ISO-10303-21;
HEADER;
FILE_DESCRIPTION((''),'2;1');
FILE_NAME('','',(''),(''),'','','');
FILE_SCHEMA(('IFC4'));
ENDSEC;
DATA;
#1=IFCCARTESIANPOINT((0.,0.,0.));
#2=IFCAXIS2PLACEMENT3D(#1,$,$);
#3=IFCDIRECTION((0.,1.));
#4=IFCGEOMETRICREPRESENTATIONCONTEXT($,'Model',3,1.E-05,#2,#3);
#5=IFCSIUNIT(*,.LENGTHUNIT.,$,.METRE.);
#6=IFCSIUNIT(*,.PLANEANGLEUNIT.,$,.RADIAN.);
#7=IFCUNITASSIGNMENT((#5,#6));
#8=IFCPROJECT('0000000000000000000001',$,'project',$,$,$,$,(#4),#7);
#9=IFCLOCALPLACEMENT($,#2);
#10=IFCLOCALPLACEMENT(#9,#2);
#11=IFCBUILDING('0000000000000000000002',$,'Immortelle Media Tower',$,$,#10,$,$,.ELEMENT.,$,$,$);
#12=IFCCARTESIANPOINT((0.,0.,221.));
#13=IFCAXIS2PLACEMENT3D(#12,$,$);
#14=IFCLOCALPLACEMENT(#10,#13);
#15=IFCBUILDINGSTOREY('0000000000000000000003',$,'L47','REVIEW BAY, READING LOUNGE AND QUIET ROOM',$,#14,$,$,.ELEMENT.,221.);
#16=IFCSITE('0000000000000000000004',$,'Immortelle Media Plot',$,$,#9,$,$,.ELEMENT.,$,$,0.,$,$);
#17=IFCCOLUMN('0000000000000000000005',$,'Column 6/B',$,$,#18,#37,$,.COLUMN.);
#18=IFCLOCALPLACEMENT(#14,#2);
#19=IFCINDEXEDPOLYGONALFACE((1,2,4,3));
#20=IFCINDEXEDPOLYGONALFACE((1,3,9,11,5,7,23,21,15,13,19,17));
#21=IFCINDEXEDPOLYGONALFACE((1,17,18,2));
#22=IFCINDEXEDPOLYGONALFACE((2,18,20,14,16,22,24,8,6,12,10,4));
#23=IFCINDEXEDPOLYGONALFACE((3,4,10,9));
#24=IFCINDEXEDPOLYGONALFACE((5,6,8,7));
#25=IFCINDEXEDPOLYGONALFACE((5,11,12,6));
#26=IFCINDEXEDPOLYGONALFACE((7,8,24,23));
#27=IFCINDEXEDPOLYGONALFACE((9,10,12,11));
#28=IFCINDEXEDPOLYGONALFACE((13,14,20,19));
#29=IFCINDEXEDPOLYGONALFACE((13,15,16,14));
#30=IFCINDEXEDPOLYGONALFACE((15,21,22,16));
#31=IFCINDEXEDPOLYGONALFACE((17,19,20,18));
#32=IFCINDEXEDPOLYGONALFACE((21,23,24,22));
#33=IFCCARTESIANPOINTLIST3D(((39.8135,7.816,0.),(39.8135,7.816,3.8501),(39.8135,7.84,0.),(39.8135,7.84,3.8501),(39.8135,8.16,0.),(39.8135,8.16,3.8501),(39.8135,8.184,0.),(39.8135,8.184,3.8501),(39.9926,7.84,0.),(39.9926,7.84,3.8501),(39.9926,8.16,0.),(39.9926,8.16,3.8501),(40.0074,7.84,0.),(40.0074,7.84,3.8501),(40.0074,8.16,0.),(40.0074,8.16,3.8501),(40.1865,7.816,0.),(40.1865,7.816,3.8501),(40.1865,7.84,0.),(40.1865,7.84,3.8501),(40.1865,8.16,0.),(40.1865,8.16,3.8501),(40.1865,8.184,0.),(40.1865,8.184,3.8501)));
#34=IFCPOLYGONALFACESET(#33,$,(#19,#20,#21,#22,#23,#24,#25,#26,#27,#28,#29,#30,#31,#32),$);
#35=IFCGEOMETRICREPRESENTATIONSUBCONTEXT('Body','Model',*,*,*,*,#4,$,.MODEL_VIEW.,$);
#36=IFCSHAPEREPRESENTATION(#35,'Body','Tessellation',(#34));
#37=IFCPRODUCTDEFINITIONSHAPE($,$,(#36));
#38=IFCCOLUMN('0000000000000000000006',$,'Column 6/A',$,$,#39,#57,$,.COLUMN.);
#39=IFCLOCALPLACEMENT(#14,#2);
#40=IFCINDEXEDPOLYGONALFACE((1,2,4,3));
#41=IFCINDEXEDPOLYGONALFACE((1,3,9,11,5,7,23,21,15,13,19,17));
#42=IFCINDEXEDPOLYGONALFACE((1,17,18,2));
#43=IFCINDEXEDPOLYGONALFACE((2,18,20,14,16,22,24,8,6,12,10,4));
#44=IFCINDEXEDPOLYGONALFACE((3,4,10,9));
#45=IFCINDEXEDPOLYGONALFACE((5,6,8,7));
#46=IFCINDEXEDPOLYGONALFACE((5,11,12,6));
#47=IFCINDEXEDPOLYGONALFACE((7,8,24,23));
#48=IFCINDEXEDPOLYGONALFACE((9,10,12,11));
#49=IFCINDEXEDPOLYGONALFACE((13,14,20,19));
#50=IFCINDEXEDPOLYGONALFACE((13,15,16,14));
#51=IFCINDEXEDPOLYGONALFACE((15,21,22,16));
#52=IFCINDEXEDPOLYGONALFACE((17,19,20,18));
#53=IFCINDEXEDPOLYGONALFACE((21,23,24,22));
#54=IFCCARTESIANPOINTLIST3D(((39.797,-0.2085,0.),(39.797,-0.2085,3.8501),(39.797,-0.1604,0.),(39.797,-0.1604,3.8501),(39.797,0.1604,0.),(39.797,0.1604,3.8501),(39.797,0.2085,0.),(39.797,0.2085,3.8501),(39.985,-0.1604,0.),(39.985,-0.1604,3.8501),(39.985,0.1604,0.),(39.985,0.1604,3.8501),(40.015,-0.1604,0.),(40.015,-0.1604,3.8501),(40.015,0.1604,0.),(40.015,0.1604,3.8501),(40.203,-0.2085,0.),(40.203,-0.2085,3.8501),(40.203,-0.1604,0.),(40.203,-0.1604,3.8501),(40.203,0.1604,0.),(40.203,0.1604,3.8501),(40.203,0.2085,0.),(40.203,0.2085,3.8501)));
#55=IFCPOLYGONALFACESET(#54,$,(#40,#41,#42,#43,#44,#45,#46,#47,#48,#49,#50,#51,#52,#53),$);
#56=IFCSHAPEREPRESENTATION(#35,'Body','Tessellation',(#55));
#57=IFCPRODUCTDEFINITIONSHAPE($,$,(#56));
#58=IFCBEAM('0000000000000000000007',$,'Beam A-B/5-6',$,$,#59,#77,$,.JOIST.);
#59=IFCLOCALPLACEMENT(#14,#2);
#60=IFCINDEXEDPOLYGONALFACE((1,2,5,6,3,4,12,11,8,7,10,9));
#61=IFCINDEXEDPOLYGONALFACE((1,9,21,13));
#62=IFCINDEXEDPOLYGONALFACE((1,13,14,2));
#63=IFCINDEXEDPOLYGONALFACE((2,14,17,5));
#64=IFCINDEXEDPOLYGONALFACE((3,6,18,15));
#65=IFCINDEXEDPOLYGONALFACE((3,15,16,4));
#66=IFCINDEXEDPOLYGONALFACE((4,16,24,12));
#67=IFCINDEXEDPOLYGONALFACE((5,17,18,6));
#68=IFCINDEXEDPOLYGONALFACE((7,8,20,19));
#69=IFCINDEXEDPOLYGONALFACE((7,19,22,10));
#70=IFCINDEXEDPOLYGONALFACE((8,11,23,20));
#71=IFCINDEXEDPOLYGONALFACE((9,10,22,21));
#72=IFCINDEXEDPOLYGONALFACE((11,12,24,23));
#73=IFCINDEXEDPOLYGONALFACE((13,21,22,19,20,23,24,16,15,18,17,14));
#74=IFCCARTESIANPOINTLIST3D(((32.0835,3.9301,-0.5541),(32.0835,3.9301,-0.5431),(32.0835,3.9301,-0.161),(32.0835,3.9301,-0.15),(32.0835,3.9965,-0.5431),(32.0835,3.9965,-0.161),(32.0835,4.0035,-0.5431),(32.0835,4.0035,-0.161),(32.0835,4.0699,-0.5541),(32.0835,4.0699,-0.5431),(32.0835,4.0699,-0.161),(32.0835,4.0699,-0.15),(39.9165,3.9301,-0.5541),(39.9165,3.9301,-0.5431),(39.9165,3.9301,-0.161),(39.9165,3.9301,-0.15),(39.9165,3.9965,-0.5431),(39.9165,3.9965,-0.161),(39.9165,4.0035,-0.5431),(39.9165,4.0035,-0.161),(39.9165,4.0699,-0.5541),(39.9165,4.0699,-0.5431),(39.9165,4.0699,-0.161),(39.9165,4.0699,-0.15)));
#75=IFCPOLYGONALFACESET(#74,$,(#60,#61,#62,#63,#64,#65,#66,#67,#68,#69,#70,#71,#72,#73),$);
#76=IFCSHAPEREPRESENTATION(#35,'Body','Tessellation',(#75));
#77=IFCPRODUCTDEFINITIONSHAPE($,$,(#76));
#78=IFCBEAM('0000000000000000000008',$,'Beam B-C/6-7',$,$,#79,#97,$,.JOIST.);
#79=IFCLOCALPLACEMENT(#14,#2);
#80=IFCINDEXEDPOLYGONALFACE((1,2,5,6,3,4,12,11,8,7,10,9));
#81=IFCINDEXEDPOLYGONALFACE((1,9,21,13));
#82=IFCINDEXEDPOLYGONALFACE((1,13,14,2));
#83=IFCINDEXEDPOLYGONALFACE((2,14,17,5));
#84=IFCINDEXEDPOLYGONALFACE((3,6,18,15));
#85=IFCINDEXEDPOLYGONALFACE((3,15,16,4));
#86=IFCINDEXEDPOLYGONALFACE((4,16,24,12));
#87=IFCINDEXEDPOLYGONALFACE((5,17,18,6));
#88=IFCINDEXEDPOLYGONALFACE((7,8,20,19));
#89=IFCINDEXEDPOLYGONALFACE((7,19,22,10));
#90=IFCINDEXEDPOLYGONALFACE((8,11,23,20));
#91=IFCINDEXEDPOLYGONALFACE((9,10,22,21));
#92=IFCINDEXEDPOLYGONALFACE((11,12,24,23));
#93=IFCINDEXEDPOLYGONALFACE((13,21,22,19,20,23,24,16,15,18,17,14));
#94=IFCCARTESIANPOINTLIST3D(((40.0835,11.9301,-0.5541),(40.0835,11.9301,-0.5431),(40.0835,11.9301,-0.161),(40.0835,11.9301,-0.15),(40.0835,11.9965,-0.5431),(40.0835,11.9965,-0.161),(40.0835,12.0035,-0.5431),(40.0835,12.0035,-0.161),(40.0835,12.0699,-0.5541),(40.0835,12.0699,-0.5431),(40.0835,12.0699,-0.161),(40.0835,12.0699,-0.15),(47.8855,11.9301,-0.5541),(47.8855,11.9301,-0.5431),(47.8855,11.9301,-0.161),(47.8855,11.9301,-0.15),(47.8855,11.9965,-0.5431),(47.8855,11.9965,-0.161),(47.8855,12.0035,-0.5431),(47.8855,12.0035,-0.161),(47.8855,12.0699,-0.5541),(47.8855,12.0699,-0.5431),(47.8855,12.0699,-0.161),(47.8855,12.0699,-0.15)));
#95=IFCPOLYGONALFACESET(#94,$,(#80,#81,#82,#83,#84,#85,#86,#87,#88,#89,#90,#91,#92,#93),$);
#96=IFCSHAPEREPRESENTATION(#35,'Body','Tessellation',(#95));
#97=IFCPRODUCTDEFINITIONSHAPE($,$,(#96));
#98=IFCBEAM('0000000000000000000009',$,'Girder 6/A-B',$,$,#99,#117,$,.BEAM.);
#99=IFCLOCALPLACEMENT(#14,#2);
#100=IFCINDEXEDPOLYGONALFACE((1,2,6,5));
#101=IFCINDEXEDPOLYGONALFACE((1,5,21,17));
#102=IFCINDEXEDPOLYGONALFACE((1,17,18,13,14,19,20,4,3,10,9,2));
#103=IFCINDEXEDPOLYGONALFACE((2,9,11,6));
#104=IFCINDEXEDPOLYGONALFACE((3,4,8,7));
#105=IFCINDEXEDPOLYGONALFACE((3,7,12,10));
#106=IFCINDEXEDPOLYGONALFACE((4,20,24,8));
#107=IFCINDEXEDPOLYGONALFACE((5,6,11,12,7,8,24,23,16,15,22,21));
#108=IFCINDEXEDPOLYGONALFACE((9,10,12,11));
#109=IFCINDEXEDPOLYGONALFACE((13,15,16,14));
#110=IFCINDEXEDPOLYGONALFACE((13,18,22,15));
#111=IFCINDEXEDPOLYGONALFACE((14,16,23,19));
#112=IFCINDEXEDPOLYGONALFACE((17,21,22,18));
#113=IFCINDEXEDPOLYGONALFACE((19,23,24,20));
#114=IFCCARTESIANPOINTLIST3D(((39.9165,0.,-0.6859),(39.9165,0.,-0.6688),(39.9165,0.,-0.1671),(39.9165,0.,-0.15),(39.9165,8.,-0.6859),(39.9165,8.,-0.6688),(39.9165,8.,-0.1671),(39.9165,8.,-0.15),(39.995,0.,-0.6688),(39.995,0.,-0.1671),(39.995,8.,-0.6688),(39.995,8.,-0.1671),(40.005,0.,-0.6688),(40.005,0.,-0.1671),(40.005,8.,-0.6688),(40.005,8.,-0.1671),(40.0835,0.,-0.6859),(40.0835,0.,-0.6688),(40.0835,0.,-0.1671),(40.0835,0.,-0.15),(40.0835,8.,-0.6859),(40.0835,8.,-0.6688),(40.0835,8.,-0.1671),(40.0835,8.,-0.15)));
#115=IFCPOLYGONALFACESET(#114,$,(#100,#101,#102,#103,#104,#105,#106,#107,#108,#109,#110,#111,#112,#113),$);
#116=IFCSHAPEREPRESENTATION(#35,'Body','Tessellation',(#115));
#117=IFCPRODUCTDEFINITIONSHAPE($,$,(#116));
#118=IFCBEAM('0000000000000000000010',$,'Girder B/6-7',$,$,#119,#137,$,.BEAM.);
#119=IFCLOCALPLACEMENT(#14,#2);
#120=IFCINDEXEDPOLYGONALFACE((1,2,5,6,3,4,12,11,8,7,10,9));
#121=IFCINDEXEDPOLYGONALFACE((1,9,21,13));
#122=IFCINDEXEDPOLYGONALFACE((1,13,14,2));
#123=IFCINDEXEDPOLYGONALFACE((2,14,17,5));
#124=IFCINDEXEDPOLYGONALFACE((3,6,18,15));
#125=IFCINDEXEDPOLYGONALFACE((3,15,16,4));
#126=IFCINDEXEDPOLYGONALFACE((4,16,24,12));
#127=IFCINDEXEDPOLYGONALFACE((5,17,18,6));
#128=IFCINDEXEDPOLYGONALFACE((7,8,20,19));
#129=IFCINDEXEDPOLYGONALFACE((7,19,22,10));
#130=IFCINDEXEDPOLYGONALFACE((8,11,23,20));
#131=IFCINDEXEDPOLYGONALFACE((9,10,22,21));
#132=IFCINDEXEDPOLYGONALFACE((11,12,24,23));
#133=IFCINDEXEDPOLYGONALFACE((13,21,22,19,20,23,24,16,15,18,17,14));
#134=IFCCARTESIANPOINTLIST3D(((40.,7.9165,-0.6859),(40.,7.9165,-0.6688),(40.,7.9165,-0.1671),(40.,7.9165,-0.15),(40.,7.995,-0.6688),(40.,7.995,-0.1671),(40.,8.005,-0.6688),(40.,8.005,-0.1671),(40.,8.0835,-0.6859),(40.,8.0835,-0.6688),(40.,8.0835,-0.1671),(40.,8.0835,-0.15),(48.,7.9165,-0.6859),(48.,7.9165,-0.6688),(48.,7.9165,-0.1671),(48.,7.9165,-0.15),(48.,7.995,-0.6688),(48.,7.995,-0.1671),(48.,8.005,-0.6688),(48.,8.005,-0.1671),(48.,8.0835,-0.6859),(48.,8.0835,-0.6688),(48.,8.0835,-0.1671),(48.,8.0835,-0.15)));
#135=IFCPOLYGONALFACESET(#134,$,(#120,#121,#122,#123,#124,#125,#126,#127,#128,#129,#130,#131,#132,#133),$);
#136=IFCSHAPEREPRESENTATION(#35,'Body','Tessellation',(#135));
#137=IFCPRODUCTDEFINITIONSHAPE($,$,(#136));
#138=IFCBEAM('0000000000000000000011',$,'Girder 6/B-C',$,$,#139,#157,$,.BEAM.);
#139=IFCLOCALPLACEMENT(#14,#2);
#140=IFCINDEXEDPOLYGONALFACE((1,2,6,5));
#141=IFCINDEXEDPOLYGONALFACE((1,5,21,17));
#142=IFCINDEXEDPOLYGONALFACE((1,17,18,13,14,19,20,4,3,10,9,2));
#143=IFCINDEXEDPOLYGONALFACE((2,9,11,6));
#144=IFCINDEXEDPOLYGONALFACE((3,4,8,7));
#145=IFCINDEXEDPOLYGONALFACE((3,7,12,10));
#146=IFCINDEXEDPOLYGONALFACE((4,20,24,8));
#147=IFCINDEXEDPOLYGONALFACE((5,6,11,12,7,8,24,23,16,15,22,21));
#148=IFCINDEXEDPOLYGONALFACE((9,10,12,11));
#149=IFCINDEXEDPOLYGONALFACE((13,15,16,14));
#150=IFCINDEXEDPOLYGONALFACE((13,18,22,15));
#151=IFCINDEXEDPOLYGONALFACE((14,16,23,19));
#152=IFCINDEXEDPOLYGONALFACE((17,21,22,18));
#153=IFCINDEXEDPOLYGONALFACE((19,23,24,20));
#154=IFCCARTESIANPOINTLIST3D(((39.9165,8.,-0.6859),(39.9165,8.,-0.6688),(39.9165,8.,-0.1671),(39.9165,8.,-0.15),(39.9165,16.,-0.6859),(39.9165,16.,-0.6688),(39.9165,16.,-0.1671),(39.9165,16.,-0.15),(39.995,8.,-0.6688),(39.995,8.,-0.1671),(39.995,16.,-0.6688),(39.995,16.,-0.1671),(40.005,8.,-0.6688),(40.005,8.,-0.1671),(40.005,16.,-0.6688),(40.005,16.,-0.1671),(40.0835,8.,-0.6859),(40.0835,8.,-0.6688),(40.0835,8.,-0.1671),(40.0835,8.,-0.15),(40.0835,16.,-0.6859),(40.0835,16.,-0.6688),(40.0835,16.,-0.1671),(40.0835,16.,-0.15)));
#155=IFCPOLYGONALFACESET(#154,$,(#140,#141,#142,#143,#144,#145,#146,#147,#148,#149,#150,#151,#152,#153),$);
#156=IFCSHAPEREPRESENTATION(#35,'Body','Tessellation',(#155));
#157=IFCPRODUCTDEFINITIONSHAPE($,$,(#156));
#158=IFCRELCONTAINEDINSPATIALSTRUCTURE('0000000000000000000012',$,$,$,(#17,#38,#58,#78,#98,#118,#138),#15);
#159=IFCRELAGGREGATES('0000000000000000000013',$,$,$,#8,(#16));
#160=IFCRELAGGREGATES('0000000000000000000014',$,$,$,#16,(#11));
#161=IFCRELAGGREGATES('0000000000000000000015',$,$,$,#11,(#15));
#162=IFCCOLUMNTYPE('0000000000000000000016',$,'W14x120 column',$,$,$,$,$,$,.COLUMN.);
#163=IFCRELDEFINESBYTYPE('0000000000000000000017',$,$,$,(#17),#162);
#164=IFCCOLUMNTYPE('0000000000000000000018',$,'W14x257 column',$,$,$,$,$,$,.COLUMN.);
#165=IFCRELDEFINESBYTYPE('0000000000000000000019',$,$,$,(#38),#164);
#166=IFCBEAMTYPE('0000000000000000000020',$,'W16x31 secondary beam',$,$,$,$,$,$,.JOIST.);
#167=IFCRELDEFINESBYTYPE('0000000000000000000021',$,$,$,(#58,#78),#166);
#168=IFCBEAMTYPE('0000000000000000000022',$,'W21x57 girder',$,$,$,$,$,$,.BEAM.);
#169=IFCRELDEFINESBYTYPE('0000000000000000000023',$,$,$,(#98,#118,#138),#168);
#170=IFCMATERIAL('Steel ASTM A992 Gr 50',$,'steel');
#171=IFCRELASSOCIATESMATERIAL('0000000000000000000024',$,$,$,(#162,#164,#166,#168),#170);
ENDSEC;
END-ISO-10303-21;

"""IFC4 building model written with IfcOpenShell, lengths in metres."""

from ifc_helpers import new_model, si_unit, direction, frame, origin, origin_2d, place, context, subcontext, project, spatial, i_section, extrude, material, material_profile, profile_set, type_object, element, save


model = new_model("IFC4")

# Units and contexts
model_context = context("Model", 3, precision=1e-05, world=origin(), true_north=direction((0.0, 1.0)))
body_context = subcontext(model_context, "Body", "Model", "MODEL_VIEW")
ifc_project = project(units=[si_unit("LENGTHUNIT", "METRE"), si_unit("PLANEANGLEUNIT", "RADIAN")], contexts=[model_context])

# Site, building, storey
site_placement = place(None, origin())
site = spatial("IfcSite", under=ifc_project, at=site_placement, Name="Immortelle Media Plot", CompositionType="ELEMENT", RefElevation=0.0)
building_placement = place(site_placement, origin())
building = spatial("IfcBuilding", under=site, at=building_placement, Name="Immortelle Media Tower", CompositionType="ELEMENT")
storey_placement = place(building_placement, frame((0.0, 0.0, 221.0)))
storey = spatial("IfcBuildingStorey", under=building, at=storey_placement, Name="L47", Description="REVIEW BAY, READING LOUNGE AND QUIET ROOM", CompositionType="ELEMENT", Elevation=221.0)

# Columns
ifc_material_1 = material(Name="Steel ASTM A992 Gr 50", Category="steel")
ifc_material_profile_1 = material_profile(ifc_material_1, i_section(OverallWidth=0.373, OverallDepth=0.3679, WebThickness=0.0149, FlangeThickness=0.0239, at=origin_2d()), Name="W14x120")
ifc_profile_set_1 = profile_set([ifc_material_profile_1], Name="Steel ASTM A992 Gr 50")
column_type_1 = type_object("IfcColumnType", Name="W14x120 column", PredefinedType="COLUMN", material=ifc_profile_set_1)
column_1_placement = place(storey_placement, frame((40.0, 8.0, 0.0), z_axis=(0.0, 0.0, 1.0), x_axis=(1.0, 0.0, 0.0)))
element("IfcColumn", 1, at=column_1_placement, inside=storey, type_object=column_type_1, Name="Column 6/B", PredefinedType="COLUMN", context=body_context, shape_type="SweptSolid", body=[
    extrude(i_section(OverallWidth=0.373, OverallDepth=0.3679, WebThickness=0.0149, FlangeThickness=0.0239, at=origin_2d()), origin(), (0.0, 0.0, 1.0), 3.8501),
])
ifc_material_profile_2 = material_profile(ifc_material_1, i_section(OverallWidth=0.406, OverallDepth=0.417, WebThickness=0.03, FlangeThickness=0.0481, at=origin_2d()), Name="W14x257")
ifc_profile_set_2 = profile_set([ifc_material_profile_2], Name="Steel ASTM A992 Gr 50")
column_type_2 = type_object("IfcColumnType", Name="W14x257 column", PredefinedType="COLUMN", material=ifc_profile_set_2)
column_2_placement = place(storey_placement, frame((40.0, 0.0, 0.0), z_axis=(0.0, 0.0, 1.0), x_axis=(1.0, 0.0, 0.0)))
element("IfcColumn", 2, at=column_2_placement, inside=storey, type_object=column_type_2, Name="Column 6/A", PredefinedType="COLUMN", context=body_context, shape_type="SweptSolid", body=[
    extrude(i_section(OverallWidth=0.406, OverallDepth=0.417, WebThickness=0.03, FlangeThickness=0.0481, at=origin_2d()), origin(), (0.0, 0.0, 1.0), 3.8501),
])

# Beams
ifc_material_profile_3 = material_profile(ifc_material_1, i_section(OverallWidth=0.1399, OverallDepth=0.4041, WebThickness=0.0071, FlangeThickness=0.011, at=origin_2d()), Name="W16x31")
ifc_profile_set_3 = profile_set([ifc_material_profile_3], Name="Steel ASTM A992 Gr 50")
beam_type_1 = type_object("IfcBeamType", Name="W16x31 secondary beam", PredefinedType="JOIST", material=ifc_profile_set_3)
beam_1_placement = place(storey_placement, frame((32.0835, 4.0, -0.3521), z_axis=(1.0, 0.0, 0.0), x_axis=(0.0, 1.0, 0.0)))
element("IfcBeam", 3, at=beam_1_placement, inside=storey, type_object=beam_type_1, Name="Beam A-B/5-6", PredefinedType="JOIST", context=body_context, shape_type="SweptSolid", body=[
    extrude(i_section(OverallWidth=0.1399, OverallDepth=0.4041, WebThickness=0.0071, FlangeThickness=0.011, at=origin_2d()), origin(), (0.0, 0.0, 1.0), 7.833),
])
beam_2_placement = place(storey_placement, frame((40.0835, 12.0, -0.3521), z_axis=(1.0, 0.0, 0.0), x_axis=(0.0, 1.0, 0.0)))
element("IfcBeam", 4, at=beam_2_placement, inside=storey, type_object=beam_type_1, Name="Beam B-C/6-7", PredefinedType="JOIST", context=body_context, shape_type="SweptSolid", body=[
    extrude(i_section(OverallWidth=0.1399, OverallDepth=0.4041, WebThickness=0.0071, FlangeThickness=0.011, at=origin_2d()), origin(), (0.0, 0.0, 1.0), 7.802),
])
ifc_material_profile_4 = material_profile(ifc_material_1, i_section(OverallWidth=0.167, OverallDepth=0.5359, WebThickness=0.01, FlangeThickness=0.0171, at=origin_2d()), Name="W21x57")
ifc_profile_set_4 = profile_set([ifc_material_profile_4], Name="Steel ASTM A992 Gr 50")
beam_type_2 = type_object("IfcBeamType", Name="W21x57 girder", PredefinedType="BEAM", material=ifc_profile_set_4)
for number, where, z_axis, x_axis, name in (
    (5, (40.0, 0.0, -0.418), (0.0, 1.0, 0.0), (-1.0, 0.0, 0.0), "Girder 6/A-B"),
    (6, (40.0, 8.0, -0.418), (1.0, 0.0, 0.0), (0.0, 1.0, 0.0), "Girder B/6-7"),
    (7, (40.0, 8.0, -0.418), (0.0, 1.0, 0.0), (-1.0, 0.0, 0.0), "Girder 6/B-C"),
):
    element("IfcBeam", number, at=place(storey_placement, frame(where, z_axis=z_axis, x_axis=x_axis)), inside=storey, type_object=beam_type_2, Name=name, PredefinedType="BEAM", context=body_context, shape_type="SweptSolid", body=[
        extrude(i_section(OverallWidth=0.167, OverallDepth=0.5359, WebThickness=0.01, FlangeThickness=0.0171, at=origin_2d()), origin(), (0.0, 0.0, 1.0), 8.0),
    ])

save(model, "model.ifc")
